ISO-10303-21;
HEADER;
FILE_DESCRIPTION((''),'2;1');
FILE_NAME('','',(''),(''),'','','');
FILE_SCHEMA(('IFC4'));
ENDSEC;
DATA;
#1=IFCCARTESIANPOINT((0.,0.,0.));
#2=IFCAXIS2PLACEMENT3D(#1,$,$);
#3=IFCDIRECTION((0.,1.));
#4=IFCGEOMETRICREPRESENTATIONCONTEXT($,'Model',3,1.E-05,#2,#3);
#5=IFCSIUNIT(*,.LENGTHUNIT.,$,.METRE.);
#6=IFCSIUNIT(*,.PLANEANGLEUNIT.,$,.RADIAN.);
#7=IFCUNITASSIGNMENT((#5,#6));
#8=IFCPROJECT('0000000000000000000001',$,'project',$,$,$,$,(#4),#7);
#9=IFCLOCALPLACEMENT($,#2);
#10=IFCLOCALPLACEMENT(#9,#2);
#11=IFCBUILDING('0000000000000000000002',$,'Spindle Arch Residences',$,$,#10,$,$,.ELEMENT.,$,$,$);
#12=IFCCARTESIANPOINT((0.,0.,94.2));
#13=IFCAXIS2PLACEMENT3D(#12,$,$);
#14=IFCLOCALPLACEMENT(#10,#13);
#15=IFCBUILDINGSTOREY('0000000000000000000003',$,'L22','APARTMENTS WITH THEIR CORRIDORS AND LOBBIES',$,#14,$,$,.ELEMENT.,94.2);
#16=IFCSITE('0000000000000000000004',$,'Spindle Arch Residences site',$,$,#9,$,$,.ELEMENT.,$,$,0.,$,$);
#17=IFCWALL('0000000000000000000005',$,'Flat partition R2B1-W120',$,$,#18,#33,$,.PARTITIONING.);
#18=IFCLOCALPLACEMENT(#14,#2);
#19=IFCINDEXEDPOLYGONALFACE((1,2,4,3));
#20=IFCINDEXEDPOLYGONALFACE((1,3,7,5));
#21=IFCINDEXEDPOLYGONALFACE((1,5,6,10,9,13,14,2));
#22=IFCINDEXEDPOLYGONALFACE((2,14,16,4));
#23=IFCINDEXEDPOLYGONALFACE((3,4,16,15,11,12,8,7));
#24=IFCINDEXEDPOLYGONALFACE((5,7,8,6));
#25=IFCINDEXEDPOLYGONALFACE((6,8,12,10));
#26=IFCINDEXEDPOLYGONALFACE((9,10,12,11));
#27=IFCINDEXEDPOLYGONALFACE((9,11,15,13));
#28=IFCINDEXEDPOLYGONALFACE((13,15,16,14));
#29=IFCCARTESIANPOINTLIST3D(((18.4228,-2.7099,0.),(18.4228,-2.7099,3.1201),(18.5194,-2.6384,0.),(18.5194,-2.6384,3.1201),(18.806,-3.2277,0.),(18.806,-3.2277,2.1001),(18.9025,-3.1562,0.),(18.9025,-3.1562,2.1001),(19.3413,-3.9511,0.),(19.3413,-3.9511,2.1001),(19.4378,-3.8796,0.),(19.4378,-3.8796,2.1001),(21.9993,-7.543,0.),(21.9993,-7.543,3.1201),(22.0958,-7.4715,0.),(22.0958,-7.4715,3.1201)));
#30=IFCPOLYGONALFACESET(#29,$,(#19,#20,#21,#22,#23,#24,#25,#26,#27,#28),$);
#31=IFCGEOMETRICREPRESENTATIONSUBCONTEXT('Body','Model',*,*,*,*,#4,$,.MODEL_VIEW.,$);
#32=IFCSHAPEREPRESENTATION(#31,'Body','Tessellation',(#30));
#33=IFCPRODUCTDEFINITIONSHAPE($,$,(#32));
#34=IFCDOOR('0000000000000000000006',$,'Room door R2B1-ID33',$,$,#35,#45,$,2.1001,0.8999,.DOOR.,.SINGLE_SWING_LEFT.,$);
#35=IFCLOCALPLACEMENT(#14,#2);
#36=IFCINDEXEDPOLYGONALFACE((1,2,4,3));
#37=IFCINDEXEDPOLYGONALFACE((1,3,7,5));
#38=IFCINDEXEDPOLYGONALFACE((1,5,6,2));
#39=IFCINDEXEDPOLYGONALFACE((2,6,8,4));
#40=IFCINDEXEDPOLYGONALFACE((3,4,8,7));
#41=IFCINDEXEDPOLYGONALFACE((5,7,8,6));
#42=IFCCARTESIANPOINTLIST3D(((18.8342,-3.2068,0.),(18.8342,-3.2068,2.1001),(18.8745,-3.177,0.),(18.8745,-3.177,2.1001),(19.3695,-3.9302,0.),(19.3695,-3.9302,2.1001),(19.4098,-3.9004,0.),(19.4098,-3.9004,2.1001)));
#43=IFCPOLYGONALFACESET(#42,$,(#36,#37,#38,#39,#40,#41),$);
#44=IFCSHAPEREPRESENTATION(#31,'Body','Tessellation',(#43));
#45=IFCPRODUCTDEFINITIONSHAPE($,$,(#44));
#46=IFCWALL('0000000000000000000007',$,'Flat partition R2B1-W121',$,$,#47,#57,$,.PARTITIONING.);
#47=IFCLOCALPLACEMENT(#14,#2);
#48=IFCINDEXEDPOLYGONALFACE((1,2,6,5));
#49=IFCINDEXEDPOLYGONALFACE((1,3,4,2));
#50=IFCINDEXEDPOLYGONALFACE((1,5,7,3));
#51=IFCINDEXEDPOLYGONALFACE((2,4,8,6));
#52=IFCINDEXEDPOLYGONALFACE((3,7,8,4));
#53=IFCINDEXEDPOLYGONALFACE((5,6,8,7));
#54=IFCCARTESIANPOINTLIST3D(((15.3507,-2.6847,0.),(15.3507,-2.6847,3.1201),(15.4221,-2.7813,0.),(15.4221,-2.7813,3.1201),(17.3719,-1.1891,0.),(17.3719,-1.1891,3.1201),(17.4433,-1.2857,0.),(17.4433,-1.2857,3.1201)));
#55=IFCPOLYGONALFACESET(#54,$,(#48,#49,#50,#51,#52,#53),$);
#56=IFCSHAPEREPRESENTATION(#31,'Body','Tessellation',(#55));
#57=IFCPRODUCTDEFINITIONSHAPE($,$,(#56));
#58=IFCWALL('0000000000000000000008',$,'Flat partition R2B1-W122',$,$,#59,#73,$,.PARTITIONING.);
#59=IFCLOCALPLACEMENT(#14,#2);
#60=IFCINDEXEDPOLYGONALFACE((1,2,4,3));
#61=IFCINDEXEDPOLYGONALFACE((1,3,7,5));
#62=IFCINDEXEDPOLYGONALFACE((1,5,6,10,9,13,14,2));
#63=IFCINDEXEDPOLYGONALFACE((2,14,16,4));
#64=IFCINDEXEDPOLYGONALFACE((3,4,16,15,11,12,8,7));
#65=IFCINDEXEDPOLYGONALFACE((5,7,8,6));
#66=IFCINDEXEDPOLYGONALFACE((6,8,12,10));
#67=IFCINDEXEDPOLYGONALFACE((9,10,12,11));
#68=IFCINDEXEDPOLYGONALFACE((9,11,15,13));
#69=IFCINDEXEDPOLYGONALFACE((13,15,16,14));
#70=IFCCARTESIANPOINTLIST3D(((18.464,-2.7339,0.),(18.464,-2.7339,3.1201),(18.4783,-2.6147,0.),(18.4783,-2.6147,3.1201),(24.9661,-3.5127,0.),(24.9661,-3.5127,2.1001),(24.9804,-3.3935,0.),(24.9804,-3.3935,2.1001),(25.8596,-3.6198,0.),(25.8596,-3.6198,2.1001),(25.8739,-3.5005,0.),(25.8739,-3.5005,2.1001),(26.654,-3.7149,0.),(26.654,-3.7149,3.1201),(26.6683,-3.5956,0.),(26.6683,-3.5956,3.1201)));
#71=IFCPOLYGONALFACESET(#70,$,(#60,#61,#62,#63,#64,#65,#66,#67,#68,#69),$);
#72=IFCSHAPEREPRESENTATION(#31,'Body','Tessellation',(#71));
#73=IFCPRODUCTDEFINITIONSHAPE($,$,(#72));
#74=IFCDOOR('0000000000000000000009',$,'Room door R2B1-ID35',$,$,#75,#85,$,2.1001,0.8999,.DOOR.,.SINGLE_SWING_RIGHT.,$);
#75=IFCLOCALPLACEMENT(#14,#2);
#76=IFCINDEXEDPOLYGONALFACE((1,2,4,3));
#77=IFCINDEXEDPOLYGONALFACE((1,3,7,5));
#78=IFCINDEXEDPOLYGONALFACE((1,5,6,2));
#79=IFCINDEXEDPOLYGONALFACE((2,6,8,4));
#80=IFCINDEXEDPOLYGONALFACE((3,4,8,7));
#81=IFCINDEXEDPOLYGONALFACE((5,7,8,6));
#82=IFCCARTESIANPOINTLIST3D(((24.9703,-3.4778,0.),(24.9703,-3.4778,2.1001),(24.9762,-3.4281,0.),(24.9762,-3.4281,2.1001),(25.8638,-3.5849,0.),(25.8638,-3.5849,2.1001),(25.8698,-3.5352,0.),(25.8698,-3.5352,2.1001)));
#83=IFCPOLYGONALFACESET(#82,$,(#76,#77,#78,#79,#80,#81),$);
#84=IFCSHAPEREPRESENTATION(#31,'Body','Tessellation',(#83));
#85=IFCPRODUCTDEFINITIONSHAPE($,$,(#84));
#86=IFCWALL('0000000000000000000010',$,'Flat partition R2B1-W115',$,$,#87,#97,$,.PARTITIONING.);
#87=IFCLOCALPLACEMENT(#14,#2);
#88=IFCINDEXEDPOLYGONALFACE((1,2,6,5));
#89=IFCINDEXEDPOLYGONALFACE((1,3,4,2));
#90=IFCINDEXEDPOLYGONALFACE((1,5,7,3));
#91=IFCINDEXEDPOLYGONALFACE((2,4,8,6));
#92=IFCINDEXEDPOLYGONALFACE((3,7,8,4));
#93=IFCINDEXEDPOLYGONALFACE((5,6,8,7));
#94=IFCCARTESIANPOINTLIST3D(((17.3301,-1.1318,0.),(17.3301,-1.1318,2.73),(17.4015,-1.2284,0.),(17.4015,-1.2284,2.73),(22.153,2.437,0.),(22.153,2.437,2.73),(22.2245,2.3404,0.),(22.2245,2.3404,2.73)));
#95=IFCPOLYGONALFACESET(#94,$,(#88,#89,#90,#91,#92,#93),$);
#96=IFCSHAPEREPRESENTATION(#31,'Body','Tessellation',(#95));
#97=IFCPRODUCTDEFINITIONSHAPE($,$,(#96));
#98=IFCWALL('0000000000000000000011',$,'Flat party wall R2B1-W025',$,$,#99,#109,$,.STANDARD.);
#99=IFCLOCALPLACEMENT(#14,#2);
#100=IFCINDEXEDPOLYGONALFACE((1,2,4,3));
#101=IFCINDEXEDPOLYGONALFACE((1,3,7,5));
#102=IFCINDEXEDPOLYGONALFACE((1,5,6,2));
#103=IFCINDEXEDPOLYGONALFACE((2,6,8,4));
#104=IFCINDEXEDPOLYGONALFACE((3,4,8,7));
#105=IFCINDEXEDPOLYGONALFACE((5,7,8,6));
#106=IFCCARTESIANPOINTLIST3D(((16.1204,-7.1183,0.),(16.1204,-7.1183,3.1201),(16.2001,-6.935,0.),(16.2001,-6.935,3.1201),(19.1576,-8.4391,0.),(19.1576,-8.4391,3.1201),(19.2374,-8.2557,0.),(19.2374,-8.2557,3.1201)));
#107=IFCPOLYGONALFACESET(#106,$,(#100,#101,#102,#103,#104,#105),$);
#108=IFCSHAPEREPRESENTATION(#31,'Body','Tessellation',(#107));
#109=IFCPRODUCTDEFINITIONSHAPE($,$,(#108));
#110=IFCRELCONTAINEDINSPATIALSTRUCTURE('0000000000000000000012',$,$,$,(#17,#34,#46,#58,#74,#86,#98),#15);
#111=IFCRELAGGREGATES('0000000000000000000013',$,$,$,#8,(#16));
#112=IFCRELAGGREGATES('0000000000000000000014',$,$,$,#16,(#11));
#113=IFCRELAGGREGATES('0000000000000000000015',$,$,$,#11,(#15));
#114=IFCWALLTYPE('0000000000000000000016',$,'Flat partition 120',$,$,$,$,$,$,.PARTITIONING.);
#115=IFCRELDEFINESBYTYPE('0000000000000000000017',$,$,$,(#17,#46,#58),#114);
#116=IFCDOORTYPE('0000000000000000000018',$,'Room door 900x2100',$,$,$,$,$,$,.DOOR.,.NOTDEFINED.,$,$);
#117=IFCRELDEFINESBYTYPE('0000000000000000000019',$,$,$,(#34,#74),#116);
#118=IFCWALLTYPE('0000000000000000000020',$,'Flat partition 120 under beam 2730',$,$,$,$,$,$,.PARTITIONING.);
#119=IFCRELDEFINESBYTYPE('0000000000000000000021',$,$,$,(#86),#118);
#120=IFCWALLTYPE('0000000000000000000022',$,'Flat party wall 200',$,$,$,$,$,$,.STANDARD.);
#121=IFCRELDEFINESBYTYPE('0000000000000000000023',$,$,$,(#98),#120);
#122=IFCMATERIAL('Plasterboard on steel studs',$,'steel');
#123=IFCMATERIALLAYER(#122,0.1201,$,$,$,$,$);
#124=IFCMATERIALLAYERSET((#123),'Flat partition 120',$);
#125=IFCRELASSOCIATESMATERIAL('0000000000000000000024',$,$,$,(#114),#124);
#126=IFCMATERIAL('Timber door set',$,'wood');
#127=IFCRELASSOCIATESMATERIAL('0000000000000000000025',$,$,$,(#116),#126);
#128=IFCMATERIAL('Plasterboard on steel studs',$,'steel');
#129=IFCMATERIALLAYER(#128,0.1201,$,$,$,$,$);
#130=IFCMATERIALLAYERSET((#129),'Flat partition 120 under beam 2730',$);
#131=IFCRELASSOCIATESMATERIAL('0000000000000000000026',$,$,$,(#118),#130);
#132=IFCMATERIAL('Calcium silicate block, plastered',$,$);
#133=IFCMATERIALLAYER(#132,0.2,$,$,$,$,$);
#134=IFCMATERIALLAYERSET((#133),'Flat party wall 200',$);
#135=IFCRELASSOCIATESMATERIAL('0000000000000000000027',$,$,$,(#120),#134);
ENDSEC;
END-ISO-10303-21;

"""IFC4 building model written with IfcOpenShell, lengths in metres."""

from ifc_helpers import new_model, si_unit, direction, frame, frame_2d, origin, place, context, subcontext, project, spatial, rectangle, extrude, material, layer, layer_set, type_object, element, fill, save


model = new_model("IFC4")

# Units and contexts
model_context = context("Model", 3, precision=1e-05, world=origin(), true_north=direction((0.0, 1.0)))
body_context = subcontext(model_context, "Body", "Model", "MODEL_VIEW")
ifc_project = project(units=[si_unit("LENGTHUNIT", "METRE"), si_unit("PLANEANGLEUNIT", "RADIAN")], contexts=[model_context])

# Site, building, storey
site_placement = place(None, origin())
site = spatial("IfcSite", under=ifc_project, at=site_placement, Name="Spindle Arch Residences site", CompositionType="ELEMENT", RefElevation=0.0)
building_placement = place(site_placement, origin())
building = spatial("IfcBuilding", under=site, at=building_placement, Name="Spindle Arch Residences", CompositionType="ELEMENT")
storey_placement = place(building_placement, frame((0.0, 0.0, 94.2)))
storey = spatial("IfcBuildingStorey", under=building, at=storey_placement, Name="L22", Description="APARTMENTS WITH THEIR CORRIDORS AND LOBBIES", CompositionType="ELEMENT", Elevation=94.2)

# Shared definitions
ifc_material_1 = material(Name="Plasterboard on steel studs", Category="steel")
ifc_layer_1 = layer(ifc_material_1, 0.1201)
ifc_layer_set_1 = layer_set([ifc_layer_1], Name="Flat partition 120")
wall_type_1 = type_object("IfcWallType", Name="Flat partition 120", PredefinedType="PARTITIONING", material=ifc_layer_set_1)
ifc_material_2 = material(Name="Timber door set", Category="wood")
door_type_1 = type_object("IfcDoorType", Name="Room door 900x2100", OperationType="NOTDEFINED", PredefinedType="DOOR", material=ifc_material_2)

# Wall, opening, door
wall_1_placement = place(storey_placement, frame((22.0476, -7.5073, 0.0), z_axis=(0.0, 0.0, 1.0), x_axis=(-0.594842, 0.803843, 0.0)))
wall_1 = element("IfcWall", 1, at=wall_1_placement, inside=storey, type_object=wall_type_1, Name="Flat partition R2B1-W120", PredefinedType="PARTITIONING", context=body_context, shape_type="SweptSolid", body=[
    extrude(rectangle(XDim=6.0125, YDim=0.1201, at=frame_2d((3.0063, 0.0))), origin(), (0.0, 0.0, 1.0), 3.1201),
])
opening_1_placement = place(wall_1_placement, frame((4.4685, 0.0, 0.0)))
opening_1 = element("IfcOpeningElement", 2, at=opening_1_placement, cuts=wall_1, PredefinedType="OPENING", context=body_context, shape_type="SweptSolid", body=[
    extrude(rectangle(XDim=0.8999, YDim=2.1001, at=frame_2d((0.45, 1.05))), frame((0.0, 0.0701, 0.0), z_axis=(0.0, -1.0, 0.0), x_axis=(1.0, 0.0, 0.0)), (0.0, 0.0, 1.0), 0.1401),
])
door_1_placement = place(opening_1_placement, origin())
door_1 = element("IfcDoor", 3, at=door_1_placement, inside=storey, type_object=door_type_1, Name="Room door R2B1-ID33", OperationType="SINGLE_SWING_LEFT", OverallHeight=2.1001, OverallWidth=0.8999, PredefinedType="DOOR", context=body_context, shape_type="SweptSolid", body=[
    extrude(rectangle(XDim=0.8999, YDim=2.1001, at=frame_2d((0.45, 1.05))), frame((0.0, 0.0249, 0.0), z_axis=(0.0, -1.0, 0.0), x_axis=(1.0, 0.0, 0.0)), (0.0, 0.0, 1.0), 0.05),
])
fill(opening_1, door_1)

# Wall
wall_2_placement = place(storey_placement, frame((17.4077, -1.2373, 0.0), z_axis=(0.0, 0.0, 1.0), x_axis=(-0.803863, -0.594814, 0.0)))
element("IfcWall", 4, at=wall_2_placement, inside=storey, type_object=wall_type_1, Name="Flat partition R2B1-W121", PredefinedType="PARTITIONING", context=body_context, shape_type="SweptSolid", body=[
    extrude(rectangle(XDim=2.5144, YDim=0.1201, at=frame_2d((1.2573, 0.0))), origin(), (0.0, 0.0, 1.0), 3.1201),
])

# Wall, opening, door
wall_3_placement = place(storey_placement, frame((26.6611, -3.6553, 0.0), z_axis=(0.0, 0.0, 1.0), x_axis=(-0.992903, 0.118926, 0.0)))
wall_3 = element("IfcWall", 5, at=wall_3_placement, inside=storey, type_object=wall_type_1, Name="Flat partition R2B1-W122", PredefinedType="PARTITIONING", context=body_context, shape_type="SweptSolid", body=[
    extrude(rectangle(XDim=8.2485, YDim=0.1201, at=frame_2d((4.1243, 0.0))), origin(), (0.0, 0.0, 1.0), 3.1201),
])
opening_2_placement = place(wall_3_placement, frame((0.8, 0.0, 0.0)))
opening_2 = element("IfcOpeningElement", 6, at=opening_2_placement, cuts=wall_3, PredefinedType="OPENING", context=body_context, shape_type="SweptSolid", body=[
    extrude(rectangle(XDim=0.8999, YDim=2.1001, at=frame_2d((0.45, 1.05))), frame((0.0, 0.0701, 0.0), z_axis=(0.0, -1.0, 0.0), x_axis=(1.0, 0.0, 0.0)), (0.0, 0.0, 1.0), 0.1401),
])
door_2_placement = place(opening_2_placement, origin())
door_2 = element("IfcDoor", 7, at=door_2_placement, inside=storey, type_object=door_type_1, Name="Room door R2B1-ID35", OperationType="SINGLE_SWING_RIGHT", OverallHeight=2.1001, OverallWidth=0.8999, PredefinedType="DOOR", context=body_context, shape_type="SweptSolid", body=[
    extrude(rectangle(XDim=0.8999, YDim=2.1001, at=frame_2d((0.45, 1.05))), frame((0.0, 0.0249, 0.0), z_axis=(0.0, -1.0, 0.0), x_axis=(1.0, 0.0, 0.0)), (0.0, 0.0, 1.0), 0.05),
])
fill(opening_2, door_2)

# Walls
ifc_material_3 = material(Name="Plasterboard on steel studs", Category="steel")
ifc_layer_2 = layer(ifc_material_3, 0.1201)
ifc_layer_set_2 = layer_set([ifc_layer_2], Name="Flat partition 120 under beam 2730")
wall_type_2 = type_object("IfcWallType", Name="Flat partition 120 under beam 2730", PredefinedType="PARTITIONING", material=ifc_layer_set_2)
wall_4_placement = place(storey_placement, frame((17.3657, -1.1802, 0.0), z_axis=(0.0, 0.0, 1.0), x_axis=(0.803856, 0.594825, 0.0)))
element("IfcWall", 8, at=wall_4_placement, inside=storey, type_object=wall_type_2, Name="Flat partition R2B1-W115", PredefinedType="PARTITIONING", context=body_context, shape_type="SweptSolid", body=[
    extrude(rectangle(XDim=5.9998, YDim=0.1201, at=frame_2d((3.0, 0.0))), origin(), (0.0, 0.0, 1.0), 2.73),
])
ifc_material_4 = material(Name="Calcium silicate block, plastered")
ifc_layer_3 = layer(ifc_material_4, 0.2)
ifc_layer_set_3 = layer_set([ifc_layer_3], Name="Flat party wall 200")
wall_type_3 = type_object("IfcWallType", Name="Flat party wall 200", PredefinedType="STANDARD", material=ifc_layer_set_3)
wall_5_placement = place(storey_placement, frame((19.1975, -8.3474, 0.0), z_axis=(0.0, 0.0, 1.0), x_axis=(-0.917047, 0.39878, 0.0)))
element("IfcWall", 9, at=wall_5_placement, inside=storey, type_object=wall_type_3, Name="Flat party wall R2B1-W025", PredefinedType="STANDARD", context=body_context, shape_type="SweptSolid", body=[
    extrude(rectangle(XDim=3.312, YDim=0.2, at=frame_2d((1.656, 0.0))), origin(), (0.0, 0.0, 1.0), 3.1201),
])

save(model, "model.ifc")
